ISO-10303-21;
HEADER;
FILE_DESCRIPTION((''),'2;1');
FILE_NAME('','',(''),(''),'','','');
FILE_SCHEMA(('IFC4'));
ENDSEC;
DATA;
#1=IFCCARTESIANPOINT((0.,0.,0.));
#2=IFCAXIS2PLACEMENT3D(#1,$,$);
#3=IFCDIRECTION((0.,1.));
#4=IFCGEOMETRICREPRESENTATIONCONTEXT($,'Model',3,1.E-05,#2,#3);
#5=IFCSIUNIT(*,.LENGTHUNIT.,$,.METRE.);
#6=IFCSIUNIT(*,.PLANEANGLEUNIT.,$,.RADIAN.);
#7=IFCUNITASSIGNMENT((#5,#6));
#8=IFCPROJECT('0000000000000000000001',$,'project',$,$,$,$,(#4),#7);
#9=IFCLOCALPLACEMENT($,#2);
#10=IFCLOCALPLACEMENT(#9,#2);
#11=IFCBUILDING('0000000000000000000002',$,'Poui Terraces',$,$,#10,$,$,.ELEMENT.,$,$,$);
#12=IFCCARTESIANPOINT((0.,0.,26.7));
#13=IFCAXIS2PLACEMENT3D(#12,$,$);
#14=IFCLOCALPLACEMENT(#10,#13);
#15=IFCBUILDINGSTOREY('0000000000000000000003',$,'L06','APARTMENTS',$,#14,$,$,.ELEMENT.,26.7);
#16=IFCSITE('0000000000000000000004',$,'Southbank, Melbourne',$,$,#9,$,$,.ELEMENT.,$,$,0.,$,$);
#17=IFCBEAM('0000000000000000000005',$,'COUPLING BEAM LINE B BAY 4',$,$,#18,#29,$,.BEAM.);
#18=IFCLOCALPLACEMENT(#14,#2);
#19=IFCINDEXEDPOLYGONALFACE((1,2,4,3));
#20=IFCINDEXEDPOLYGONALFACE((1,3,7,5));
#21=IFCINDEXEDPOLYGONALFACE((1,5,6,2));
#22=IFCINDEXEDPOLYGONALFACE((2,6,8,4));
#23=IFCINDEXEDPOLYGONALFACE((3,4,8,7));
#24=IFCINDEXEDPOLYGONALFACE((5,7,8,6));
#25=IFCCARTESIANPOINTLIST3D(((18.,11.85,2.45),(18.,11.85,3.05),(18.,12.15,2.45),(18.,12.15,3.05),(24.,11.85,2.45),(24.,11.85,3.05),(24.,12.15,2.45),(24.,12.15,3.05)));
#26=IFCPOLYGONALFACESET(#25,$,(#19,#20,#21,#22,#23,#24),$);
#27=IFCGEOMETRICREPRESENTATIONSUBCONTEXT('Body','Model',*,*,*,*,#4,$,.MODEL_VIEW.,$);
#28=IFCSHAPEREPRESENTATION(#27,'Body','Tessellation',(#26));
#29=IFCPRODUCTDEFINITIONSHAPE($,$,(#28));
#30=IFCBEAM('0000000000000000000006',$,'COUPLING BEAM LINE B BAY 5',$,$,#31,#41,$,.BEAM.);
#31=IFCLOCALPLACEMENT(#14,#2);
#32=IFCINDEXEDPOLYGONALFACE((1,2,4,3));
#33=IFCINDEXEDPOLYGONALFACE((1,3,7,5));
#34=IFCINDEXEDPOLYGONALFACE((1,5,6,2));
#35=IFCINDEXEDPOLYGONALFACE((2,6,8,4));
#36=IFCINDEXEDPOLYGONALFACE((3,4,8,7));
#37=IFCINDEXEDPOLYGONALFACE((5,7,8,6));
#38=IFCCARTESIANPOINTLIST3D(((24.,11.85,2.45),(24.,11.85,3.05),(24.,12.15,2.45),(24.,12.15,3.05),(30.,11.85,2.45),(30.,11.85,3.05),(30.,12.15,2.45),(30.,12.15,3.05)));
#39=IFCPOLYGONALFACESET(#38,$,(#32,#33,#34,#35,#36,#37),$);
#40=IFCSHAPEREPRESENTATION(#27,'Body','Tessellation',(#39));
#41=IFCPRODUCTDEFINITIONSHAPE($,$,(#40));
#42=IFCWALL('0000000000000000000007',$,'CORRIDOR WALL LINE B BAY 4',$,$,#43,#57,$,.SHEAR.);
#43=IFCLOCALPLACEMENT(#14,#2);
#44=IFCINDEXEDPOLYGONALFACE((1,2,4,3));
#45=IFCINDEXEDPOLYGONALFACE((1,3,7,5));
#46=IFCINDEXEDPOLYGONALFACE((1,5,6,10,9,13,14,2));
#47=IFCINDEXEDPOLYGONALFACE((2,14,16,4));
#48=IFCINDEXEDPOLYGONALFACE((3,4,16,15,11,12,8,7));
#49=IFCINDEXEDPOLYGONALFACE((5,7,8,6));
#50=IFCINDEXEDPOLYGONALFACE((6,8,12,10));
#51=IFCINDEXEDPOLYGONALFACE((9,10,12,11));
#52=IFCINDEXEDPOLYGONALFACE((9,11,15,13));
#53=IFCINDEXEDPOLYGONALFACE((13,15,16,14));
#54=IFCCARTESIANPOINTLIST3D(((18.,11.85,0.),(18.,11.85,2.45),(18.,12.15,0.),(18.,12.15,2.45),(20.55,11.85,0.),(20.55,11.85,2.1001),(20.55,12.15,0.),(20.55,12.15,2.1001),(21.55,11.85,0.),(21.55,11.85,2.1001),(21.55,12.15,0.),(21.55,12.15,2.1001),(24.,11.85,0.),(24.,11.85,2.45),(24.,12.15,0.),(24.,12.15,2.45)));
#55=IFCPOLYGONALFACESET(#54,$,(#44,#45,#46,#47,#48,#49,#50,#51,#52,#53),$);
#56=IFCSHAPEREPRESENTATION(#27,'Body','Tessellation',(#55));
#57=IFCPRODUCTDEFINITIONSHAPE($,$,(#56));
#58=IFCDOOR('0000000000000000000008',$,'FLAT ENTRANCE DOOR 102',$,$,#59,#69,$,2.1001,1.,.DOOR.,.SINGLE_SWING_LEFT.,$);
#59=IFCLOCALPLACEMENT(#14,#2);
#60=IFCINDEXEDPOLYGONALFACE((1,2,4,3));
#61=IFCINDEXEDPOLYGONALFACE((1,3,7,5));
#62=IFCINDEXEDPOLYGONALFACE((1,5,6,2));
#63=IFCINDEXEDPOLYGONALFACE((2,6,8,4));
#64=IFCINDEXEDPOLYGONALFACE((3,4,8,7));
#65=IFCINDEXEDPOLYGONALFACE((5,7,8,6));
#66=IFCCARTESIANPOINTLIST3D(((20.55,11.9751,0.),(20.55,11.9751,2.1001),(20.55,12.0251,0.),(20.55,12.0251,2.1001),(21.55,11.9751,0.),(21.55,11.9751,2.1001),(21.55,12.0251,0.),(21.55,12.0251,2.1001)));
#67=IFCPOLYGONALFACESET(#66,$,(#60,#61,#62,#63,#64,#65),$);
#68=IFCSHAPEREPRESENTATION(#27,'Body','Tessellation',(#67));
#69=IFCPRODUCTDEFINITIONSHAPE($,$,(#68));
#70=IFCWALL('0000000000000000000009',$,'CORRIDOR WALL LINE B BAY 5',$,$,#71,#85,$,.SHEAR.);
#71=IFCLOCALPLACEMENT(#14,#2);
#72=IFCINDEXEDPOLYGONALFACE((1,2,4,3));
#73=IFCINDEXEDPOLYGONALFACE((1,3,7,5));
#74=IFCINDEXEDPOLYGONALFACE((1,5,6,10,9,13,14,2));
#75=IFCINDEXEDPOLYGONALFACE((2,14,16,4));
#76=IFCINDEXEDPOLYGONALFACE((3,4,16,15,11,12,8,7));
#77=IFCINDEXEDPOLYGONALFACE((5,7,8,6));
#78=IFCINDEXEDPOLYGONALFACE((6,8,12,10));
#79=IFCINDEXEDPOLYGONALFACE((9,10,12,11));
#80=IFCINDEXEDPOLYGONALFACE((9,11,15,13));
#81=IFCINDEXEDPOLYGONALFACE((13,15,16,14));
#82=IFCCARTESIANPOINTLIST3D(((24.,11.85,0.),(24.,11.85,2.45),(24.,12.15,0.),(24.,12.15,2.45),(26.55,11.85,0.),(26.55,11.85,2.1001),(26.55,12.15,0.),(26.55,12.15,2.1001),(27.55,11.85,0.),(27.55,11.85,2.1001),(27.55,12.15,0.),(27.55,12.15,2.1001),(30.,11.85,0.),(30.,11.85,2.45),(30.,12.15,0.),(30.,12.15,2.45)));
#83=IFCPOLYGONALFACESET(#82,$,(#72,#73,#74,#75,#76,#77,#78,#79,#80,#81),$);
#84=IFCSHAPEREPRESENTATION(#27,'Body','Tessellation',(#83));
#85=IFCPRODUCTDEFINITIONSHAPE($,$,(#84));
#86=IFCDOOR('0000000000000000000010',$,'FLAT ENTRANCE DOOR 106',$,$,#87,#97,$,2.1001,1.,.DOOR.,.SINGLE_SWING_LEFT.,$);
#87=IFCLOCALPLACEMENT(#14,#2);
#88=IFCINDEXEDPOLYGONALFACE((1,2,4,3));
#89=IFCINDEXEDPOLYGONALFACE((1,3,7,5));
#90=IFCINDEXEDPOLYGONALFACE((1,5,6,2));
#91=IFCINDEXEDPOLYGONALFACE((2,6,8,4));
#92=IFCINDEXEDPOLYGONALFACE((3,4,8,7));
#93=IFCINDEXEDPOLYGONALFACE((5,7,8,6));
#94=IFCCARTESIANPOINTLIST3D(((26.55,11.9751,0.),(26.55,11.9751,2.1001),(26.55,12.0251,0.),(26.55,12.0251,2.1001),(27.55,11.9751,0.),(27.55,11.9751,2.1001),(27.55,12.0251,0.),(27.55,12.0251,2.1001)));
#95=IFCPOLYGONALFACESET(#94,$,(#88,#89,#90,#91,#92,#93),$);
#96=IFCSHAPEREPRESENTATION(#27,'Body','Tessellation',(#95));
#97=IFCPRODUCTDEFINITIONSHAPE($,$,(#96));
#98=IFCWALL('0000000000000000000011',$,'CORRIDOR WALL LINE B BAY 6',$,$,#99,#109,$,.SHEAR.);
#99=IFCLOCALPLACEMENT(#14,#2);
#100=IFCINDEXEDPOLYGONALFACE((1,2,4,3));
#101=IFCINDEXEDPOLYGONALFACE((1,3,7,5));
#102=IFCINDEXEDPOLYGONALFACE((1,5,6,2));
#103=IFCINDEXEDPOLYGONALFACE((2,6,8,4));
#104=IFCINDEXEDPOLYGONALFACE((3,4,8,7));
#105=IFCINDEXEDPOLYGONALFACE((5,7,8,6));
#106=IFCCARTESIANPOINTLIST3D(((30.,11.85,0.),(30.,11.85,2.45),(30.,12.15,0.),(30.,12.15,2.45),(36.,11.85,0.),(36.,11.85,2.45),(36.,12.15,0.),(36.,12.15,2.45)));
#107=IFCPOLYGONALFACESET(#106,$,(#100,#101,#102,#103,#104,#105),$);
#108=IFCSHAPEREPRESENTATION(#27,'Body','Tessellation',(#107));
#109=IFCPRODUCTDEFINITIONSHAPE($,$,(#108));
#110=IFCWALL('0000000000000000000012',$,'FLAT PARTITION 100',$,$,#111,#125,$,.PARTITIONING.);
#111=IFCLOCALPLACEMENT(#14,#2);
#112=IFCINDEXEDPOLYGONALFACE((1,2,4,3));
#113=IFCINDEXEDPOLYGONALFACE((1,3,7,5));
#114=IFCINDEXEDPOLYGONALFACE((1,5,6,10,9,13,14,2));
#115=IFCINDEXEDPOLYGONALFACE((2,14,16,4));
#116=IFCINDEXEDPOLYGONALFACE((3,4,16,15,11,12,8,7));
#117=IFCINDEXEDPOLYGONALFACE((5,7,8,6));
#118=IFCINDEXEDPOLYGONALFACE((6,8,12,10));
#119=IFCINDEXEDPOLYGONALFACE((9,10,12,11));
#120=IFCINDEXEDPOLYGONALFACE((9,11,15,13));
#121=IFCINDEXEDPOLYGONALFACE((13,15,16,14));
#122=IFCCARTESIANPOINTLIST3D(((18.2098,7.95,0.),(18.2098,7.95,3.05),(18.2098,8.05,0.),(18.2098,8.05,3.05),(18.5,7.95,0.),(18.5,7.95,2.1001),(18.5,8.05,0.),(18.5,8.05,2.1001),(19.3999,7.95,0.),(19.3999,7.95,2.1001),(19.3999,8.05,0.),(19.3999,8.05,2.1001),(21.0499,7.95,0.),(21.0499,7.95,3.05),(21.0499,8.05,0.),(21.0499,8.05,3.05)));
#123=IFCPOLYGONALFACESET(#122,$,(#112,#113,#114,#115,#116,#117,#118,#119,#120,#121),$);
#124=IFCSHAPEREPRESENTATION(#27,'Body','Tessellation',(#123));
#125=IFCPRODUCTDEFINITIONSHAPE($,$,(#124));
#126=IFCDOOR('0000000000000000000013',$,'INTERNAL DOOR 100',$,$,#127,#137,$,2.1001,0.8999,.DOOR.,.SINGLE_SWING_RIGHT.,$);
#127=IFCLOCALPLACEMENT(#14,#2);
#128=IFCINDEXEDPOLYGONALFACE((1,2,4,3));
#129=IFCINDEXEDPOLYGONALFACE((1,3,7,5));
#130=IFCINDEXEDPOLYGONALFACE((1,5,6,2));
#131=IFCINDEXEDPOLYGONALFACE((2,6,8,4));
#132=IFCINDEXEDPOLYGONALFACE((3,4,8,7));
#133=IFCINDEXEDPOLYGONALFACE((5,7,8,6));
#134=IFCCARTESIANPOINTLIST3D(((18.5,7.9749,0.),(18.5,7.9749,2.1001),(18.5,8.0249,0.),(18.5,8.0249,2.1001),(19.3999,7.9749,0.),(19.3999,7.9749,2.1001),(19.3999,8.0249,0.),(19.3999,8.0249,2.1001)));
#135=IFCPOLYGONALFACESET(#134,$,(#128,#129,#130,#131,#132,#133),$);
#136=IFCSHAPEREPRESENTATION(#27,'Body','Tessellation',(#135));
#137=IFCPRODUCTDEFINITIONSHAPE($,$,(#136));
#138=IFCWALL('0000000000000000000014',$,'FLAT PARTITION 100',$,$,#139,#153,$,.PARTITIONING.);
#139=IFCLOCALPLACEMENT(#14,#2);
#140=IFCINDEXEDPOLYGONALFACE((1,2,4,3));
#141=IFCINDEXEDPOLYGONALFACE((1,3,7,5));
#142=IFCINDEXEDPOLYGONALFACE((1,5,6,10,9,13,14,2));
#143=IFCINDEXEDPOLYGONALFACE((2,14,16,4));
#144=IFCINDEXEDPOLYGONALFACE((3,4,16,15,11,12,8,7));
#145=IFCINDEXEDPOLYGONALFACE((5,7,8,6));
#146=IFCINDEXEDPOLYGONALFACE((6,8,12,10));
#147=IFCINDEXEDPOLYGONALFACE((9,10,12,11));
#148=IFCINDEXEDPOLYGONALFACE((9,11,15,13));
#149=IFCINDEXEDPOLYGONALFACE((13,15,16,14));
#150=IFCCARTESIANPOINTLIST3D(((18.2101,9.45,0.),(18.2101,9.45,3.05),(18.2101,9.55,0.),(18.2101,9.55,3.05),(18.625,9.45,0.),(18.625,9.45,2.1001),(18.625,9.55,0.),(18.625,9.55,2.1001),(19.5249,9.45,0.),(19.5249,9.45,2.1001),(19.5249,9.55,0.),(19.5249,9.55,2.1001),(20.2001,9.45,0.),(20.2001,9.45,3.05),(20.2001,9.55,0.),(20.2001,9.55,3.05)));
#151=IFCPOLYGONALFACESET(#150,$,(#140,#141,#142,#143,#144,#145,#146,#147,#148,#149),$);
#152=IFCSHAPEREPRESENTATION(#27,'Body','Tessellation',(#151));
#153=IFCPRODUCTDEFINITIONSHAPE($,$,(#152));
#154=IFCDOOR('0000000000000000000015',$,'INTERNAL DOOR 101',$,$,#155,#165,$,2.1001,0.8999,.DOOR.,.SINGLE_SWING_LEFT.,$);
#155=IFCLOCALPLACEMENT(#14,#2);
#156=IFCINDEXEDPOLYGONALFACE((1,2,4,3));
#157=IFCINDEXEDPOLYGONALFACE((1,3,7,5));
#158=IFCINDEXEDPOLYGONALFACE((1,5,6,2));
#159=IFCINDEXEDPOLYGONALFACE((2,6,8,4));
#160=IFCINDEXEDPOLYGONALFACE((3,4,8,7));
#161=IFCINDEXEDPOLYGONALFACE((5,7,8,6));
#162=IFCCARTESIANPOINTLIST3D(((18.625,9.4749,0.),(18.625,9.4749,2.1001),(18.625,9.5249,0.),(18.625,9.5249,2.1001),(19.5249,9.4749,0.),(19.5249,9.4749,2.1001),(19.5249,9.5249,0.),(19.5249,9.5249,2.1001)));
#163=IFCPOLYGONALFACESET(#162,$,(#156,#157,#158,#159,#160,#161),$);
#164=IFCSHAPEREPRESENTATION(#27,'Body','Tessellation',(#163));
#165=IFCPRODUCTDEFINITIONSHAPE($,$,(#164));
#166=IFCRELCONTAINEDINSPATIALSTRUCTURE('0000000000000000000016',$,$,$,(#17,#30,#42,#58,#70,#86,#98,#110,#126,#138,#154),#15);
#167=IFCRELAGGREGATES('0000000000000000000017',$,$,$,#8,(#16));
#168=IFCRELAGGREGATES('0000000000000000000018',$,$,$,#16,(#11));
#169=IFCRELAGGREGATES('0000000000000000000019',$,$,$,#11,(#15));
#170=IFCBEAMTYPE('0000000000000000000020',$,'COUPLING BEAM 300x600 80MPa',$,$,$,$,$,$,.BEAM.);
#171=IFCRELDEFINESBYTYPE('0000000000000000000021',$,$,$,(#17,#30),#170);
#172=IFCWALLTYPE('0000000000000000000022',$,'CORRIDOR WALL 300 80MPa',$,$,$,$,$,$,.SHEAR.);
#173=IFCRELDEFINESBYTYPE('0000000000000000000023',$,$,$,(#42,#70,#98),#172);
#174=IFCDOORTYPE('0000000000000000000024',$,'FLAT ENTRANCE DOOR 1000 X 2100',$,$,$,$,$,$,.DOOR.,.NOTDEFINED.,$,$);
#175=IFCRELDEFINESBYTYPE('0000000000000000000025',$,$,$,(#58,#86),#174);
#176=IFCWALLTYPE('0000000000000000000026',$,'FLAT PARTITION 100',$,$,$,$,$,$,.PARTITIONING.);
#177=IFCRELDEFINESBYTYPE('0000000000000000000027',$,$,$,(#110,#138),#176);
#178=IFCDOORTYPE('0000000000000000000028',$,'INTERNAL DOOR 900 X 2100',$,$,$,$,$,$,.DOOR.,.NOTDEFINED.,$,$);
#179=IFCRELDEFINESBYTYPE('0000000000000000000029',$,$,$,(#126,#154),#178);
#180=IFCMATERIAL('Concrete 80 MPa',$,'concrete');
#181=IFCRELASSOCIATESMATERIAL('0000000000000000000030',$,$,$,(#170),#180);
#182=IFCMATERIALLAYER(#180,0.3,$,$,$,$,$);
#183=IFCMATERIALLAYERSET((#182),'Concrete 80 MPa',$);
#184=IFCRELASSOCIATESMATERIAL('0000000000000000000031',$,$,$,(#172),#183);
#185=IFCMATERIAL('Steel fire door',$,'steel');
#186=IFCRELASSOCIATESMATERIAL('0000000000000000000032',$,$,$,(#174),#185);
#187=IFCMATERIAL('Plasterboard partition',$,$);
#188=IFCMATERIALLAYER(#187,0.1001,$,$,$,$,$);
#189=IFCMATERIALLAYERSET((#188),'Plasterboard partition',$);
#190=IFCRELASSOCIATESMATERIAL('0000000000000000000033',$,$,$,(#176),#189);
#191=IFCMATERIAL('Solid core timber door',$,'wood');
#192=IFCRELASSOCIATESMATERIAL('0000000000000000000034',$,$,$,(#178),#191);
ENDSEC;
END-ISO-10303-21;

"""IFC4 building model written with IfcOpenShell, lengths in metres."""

from ifc_helpers import new_model, si_unit, direction, frame, frame_2d, origin, origin_2d, place, context, subcontext, project, spatial, rectangle, extrude, source, transform, mapped, material, layer, layer_set, material_profile, profile_set, type_object, element, fill, save


model = new_model("IFC4")

# Units and contexts
model_context = context("Model", 3, precision=1e-05, world=origin(), true_north=direction((0.0, 1.0)))
body_context = subcontext(model_context, "Body", "Model", "MODEL_VIEW")
ifc_project = project(units=[si_unit("LENGTHUNIT", "METRE"), si_unit("PLANEANGLEUNIT", "RADIAN")], contexts=[model_context])

# Site, building, storey
site_placement = place(None, origin())
site = spatial("IfcSite", under=ifc_project, at=site_placement, Name="Southbank, Melbourne", CompositionType="ELEMENT", RefElevation=0.0)
building_placement = place(site_placement, origin())
building = spatial("IfcBuilding", under=site, at=building_placement, Name="Poui Terraces", CompositionType="ELEMENT")
storey_placement = place(building_placement, frame((0.0, 0.0, 26.7)))
storey = spatial("IfcBuildingStorey", under=building, at=storey_placement, Name="L06", Description="APARTMENTS", CompositionType="ELEMENT", Elevation=26.7)

# Beams
ifc_material_1 = material(Name="Concrete 80 MPa", Category="concrete")
ifc_material_profile = material_profile(ifc_material_1, rectangle(XDim=0.3, YDim=0.6001, at=origin_2d()), Name="RC 300x600")
ifc_profile_set = profile_set([ifc_material_profile], Name="Concrete 80 MPa")
beam_type = type_object("IfcBeamType", Name="COUPLING BEAM 300x600 80MPa", PredefinedType="BEAM", material=ifc_profile_set)
shared_shape = source(origin(), body_context, "Body", "SweptSolid", [
    extrude(rectangle(XDim=0.3, YDim=0.6001, at=origin_2d()), origin(), (0.0, 0.0, 1.0), 6.0),
])
for number, where, z_axis, x_axis, name in (
    (1, (18.0, 12.0, 2.75), (1.0, 0.0, 0.0), (0.0, 1.0, 0.0), "COUPLING BEAM LINE B BAY 4"),
    (2, (24.0, 12.0, 2.75), (1.0, 0.0, 0.0), (0.0, 1.0, 0.0), "COUPLING BEAM LINE B BAY 5"),
):
    element("IfcBeam", number, at=place(storey_placement, frame(where, z_axis=z_axis, x_axis=x_axis)), inside=storey, type_object=beam_type, Name=name, PredefinedType="BEAM", context=body_context, shape_type="MappedRepresentation", body=[
        mapped(shared_shape, transform((0.0, 0.0, 0.0))),
    ])

# Walls, openings, doors
ifc_layer_1 = layer(ifc_material_1, 0.3)
ifc_layer_set_1 = layer_set([ifc_layer_1], Name="Concrete 80 MPa")
wall_type_1 = type_object("IfcWallType", Name="CORRIDOR WALL 300 80MPa", PredefinedType="SHEAR", material=ifc_layer_set_1)
wall_1_placement = place(storey_placement, frame((18.0, 12.0, 0.0), z_axis=(0.0, 0.0, 1.0), x_axis=(1.0, 0.0, 0.0)))
wall_1 = element("IfcWall", 3, at=wall_1_placement, inside=storey, type_object=wall_type_1, Name="CORRIDOR WALL LINE B BAY 4", PredefinedType="SHEAR", context=body_context, shape_type="SweptSolid", body=[
    extrude(rectangle(XDim=6.0, YDim=0.3, at=frame_2d((3.0, 0.0))), origin(), (0.0, 0.0, 1.0), 2.45),
])
opening_1_placement = place(wall_1_placement, frame((2.55, 0.0, 0.0)))
opening_1 = element("IfcOpeningElement", 4, at=opening_1_placement, cuts=wall_1, PredefinedType="OPENING", context=body_context, shape_type="SweptSolid", body=[
    extrude(rectangle(XDim=1.0, YDim=2.1001, at=frame_2d((0.5, 1.05))), frame((0.0, 0.1602, 0.0), z_axis=(0.0, -1.0, 0.0), x_axis=(1.0, 0.0, 0.0)), (0.0, 0.0, 1.0), 0.3201),
])
ifc_material_2 = material(Name="Steel fire door", Category="steel")
door_type_1 = type_object("IfcDoorType", Name="FLAT ENTRANCE DOOR 1000 X 2100", OperationType="NOTDEFINED", PredefinedType="DOOR", material=ifc_material_2)
door_1_placement = place(opening_1_placement, frame((1.0, 0.0, 0.0), z_axis=(0.0, 0.0, 1.0), x_axis=(-1.0, 0.0, 0.0)))
door_1 = element("IfcDoor", 5, at=door_1_placement, inside=storey, type_object=door_type_1, Name="FLAT ENTRANCE DOOR 102", OperationType="SINGLE_SWING_LEFT", OverallHeight=2.1001, OverallWidth=1.0, PredefinedType="DOOR", context=body_context, shape_type="SweptSolid", body=[
    extrude(rectangle(XDim=1.0, YDim=2.1001, at=frame_2d((0.5, 1.05))), frame((0.0, 0.0249, 0.0), z_axis=(0.0, -1.0, 0.0), x_axis=(1.0, 0.0, 0.0)), (0.0, 0.0, 1.0), 0.05),
])
fill(opening_1, door_1)
wall_2_placement = place(storey_placement, frame((24.0, 12.0, 0.0), z_axis=(0.0, 0.0, 1.0), x_axis=(1.0, 0.0, 0.0)))
wall_2 = element("IfcWall", 6, at=wall_2_placement, inside=storey, type_object=wall_type_1, Name="CORRIDOR WALL LINE B BAY 5", PredefinedType="SHEAR", context=body_context, shape_type="SweptSolid", body=[
    extrude(rectangle(XDim=6.0, YDim=0.3, at=frame_2d((3.0, 0.0))), origin(), (0.0, 0.0, 1.0), 2.45),
])
opening_2_placement = place(wall_2_placement, frame((2.55, 0.0, 0.0)))
opening_2 = element("IfcOpeningElement", 7, at=opening_2_placement, cuts=wall_2, PredefinedType="OPENING", context=body_context, shape_type="SweptSolid", body=[
    extrude(rectangle(XDim=1.0, YDim=2.1001, at=frame_2d((0.5, 1.05))), frame((0.0, 0.1602, 0.0), z_axis=(0.0, -1.0, 0.0), x_axis=(1.0, 0.0, 0.0)), (0.0, 0.0, 1.0), 0.3201),
])
door_2_placement = place(opening_2_placement, frame((1.0, 0.0, 0.0), z_axis=(0.0, 0.0, 1.0), x_axis=(-1.0, 0.0, 0.0)))
door_2 = element("IfcDoor", 8, at=door_2_placement, inside=storey, type_object=door_type_1, Name="FLAT ENTRANCE DOOR 106", OperationType="SINGLE_SWING_LEFT", OverallHeight=2.1001, OverallWidth=1.0, PredefinedType="DOOR", context=body_context, shape_type="SweptSolid", body=[
    extrude(rectangle(XDim=1.0, YDim=2.1001, at=frame_2d((0.5, 1.05))), frame((0.0, 0.0249, 0.0), z_axis=(0.0, -1.0, 0.0), x_axis=(1.0, 0.0, 0.0)), (0.0, 0.0, 1.0), 0.05),
])
fill(opening_2, door_2)

# Wall
wall_3_placement = place(storey_placement, frame((30.0, 12.0, 0.0), z_axis=(0.0, 0.0, 1.0), x_axis=(1.0, 0.0, 0.0)))
element("IfcWall", 9, at=wall_3_placement, inside=storey, type_object=wall_type_1, Name="CORRIDOR WALL LINE B BAY 6", PredefinedType="SHEAR", context=body_context, shape_type="SweptSolid", body=[
    extrude(rectangle(XDim=6.0, YDim=0.3, at=frame_2d((3.0, 0.0))), origin(), (0.0, 0.0, 1.0), 2.45),
])

# Walls, openings, doors
ifc_material_3 = material(Name="Plasterboard partition")
ifc_layer_2 = layer(ifc_material_3, 0.1001)
ifc_layer_set_2 = layer_set([ifc_layer_2], Name="Plasterboard partition")
wall_type_2 = type_object("IfcWallType", Name="FLAT PARTITION 100", PredefinedType="PARTITIONING", material=ifc_layer_set_2)
wall_4_placement = place(storey_placement, frame((18.21, 8.0, 0.0), z_axis=(0.0, 0.0, 1.0), x_axis=(1.0, 0.0, 0.0)))
wall_4 = element("IfcWall", 10, at=wall_4_placement, inside=storey, type_object=wall_type_2, Name="FLAT PARTITION 100", PredefinedType="PARTITIONING", context=body_context, shape_type="SweptSolid", body=[
    extrude(rectangle(XDim=2.8401, YDim=0.1001, at=frame_2d((1.4199, 0.0))), origin(), (0.0, 0.0, 1.0), 3.05),
])
opening_3_placement = place(wall_4_placement, frame((0.29, 0.0, 0.0)))
opening_3 = element("IfcOpeningElement", 11, at=opening_3_placement, cuts=wall_4, PredefinedType="OPENING", context=body_context, shape_type="SweptSolid", body=[
    extrude(rectangle(XDim=0.8999, YDim=2.1001, at=frame_2d((0.45, 1.05))), frame((0.0, 0.0601, 0.0), z_axis=(0.0, -1.0, 0.0), x_axis=(1.0, 0.0, 0.0)), (0.0, 0.0, 1.0), 0.1201),
])
ifc_material_4 = material(Name="Solid core timber door", Category="wood")
door_type_2 = type_object("IfcDoorType", Name="INTERNAL DOOR 900 X 2100", OperationType="NOTDEFINED", PredefinedType="DOOR", material=ifc_material_4)
door_3_placement = place(opening_3_placement, origin())
door_3 = element("IfcDoor", 12, at=door_3_placement, inside=storey, type_object=door_type_2, Name="INTERNAL DOOR 100", OperationType="SINGLE_SWING_RIGHT", OverallHeight=2.1001, OverallWidth=0.8999, PredefinedType="DOOR", context=body_context, shape_type="SweptSolid", body=[
    extrude(rectangle(XDim=0.8999, YDim=2.1001, at=frame_2d((0.45, 1.05))), frame((0.0, 0.0249, 0.0), z_axis=(0.0, -1.0, 0.0), x_axis=(1.0, 0.0, 0.0)), (0.0, 0.0, 1.0), 0.05),
])
fill(opening_3, door_3)
wall_5_placement = place(storey_placement, frame((18.21, 9.5, 0.0), z_axis=(0.0, 0.0, 1.0), x_axis=(1.0, 0.0, 0.0)))
wall_5 = element("IfcWall", 13, at=wall_5_placement, inside=storey, type_object=wall_type_2, Name="FLAT PARTITION 100", PredefinedType="PARTITIONING", context=body_context, shape_type="SweptSolid", body=[
    extrude(rectangle(XDim=1.99, YDim=0.1001, at=frame_2d((0.9951, 0.0))), origin(), (0.0, 0.0, 1.0), 3.05),
])
opening_4_placement = place(wall_5_placement, frame((0.415, 0.0, 0.0)))
opening_4 = element("IfcOpeningElement", 14, at=opening_4_placement, cuts=wall_5, PredefinedType="OPENING", context=body_context, shape_type="SweptSolid", body=[
    extrude(rectangle(XDim=0.8999, YDim=2.1001, at=frame_2d((0.45, 1.05))), frame((0.0, 0.0601, 0.0), z_axis=(0.0, -1.0, 0.0), x_axis=(1.0, 0.0, 0.0)), (0.0, 0.0, 1.0), 0.1201),
])
door_4_placement = place(opening_4_placement, origin())
door_4 = element("IfcDoor", 15, at=door_4_placement, inside=storey, type_object=door_type_2, Name="INTERNAL DOOR 101", OperationType="SINGLE_SWING_LEFT", OverallHeight=2.1001, OverallWidth=0.8999, PredefinedType="DOOR", context=body_context, shape_type="SweptSolid", body=[
    extrude(rectangle(XDim=0.8999, YDim=2.1001, at=frame_2d((0.45, 1.05))), frame((0.0, 0.0249, 0.0), z_axis=(0.0, -1.0, 0.0), x_axis=(1.0, 0.0, 0.0)), (0.0, 0.0, 1.0), 0.05),
])
fill(opening_4, door_4)

save(model, "model.ifc")
